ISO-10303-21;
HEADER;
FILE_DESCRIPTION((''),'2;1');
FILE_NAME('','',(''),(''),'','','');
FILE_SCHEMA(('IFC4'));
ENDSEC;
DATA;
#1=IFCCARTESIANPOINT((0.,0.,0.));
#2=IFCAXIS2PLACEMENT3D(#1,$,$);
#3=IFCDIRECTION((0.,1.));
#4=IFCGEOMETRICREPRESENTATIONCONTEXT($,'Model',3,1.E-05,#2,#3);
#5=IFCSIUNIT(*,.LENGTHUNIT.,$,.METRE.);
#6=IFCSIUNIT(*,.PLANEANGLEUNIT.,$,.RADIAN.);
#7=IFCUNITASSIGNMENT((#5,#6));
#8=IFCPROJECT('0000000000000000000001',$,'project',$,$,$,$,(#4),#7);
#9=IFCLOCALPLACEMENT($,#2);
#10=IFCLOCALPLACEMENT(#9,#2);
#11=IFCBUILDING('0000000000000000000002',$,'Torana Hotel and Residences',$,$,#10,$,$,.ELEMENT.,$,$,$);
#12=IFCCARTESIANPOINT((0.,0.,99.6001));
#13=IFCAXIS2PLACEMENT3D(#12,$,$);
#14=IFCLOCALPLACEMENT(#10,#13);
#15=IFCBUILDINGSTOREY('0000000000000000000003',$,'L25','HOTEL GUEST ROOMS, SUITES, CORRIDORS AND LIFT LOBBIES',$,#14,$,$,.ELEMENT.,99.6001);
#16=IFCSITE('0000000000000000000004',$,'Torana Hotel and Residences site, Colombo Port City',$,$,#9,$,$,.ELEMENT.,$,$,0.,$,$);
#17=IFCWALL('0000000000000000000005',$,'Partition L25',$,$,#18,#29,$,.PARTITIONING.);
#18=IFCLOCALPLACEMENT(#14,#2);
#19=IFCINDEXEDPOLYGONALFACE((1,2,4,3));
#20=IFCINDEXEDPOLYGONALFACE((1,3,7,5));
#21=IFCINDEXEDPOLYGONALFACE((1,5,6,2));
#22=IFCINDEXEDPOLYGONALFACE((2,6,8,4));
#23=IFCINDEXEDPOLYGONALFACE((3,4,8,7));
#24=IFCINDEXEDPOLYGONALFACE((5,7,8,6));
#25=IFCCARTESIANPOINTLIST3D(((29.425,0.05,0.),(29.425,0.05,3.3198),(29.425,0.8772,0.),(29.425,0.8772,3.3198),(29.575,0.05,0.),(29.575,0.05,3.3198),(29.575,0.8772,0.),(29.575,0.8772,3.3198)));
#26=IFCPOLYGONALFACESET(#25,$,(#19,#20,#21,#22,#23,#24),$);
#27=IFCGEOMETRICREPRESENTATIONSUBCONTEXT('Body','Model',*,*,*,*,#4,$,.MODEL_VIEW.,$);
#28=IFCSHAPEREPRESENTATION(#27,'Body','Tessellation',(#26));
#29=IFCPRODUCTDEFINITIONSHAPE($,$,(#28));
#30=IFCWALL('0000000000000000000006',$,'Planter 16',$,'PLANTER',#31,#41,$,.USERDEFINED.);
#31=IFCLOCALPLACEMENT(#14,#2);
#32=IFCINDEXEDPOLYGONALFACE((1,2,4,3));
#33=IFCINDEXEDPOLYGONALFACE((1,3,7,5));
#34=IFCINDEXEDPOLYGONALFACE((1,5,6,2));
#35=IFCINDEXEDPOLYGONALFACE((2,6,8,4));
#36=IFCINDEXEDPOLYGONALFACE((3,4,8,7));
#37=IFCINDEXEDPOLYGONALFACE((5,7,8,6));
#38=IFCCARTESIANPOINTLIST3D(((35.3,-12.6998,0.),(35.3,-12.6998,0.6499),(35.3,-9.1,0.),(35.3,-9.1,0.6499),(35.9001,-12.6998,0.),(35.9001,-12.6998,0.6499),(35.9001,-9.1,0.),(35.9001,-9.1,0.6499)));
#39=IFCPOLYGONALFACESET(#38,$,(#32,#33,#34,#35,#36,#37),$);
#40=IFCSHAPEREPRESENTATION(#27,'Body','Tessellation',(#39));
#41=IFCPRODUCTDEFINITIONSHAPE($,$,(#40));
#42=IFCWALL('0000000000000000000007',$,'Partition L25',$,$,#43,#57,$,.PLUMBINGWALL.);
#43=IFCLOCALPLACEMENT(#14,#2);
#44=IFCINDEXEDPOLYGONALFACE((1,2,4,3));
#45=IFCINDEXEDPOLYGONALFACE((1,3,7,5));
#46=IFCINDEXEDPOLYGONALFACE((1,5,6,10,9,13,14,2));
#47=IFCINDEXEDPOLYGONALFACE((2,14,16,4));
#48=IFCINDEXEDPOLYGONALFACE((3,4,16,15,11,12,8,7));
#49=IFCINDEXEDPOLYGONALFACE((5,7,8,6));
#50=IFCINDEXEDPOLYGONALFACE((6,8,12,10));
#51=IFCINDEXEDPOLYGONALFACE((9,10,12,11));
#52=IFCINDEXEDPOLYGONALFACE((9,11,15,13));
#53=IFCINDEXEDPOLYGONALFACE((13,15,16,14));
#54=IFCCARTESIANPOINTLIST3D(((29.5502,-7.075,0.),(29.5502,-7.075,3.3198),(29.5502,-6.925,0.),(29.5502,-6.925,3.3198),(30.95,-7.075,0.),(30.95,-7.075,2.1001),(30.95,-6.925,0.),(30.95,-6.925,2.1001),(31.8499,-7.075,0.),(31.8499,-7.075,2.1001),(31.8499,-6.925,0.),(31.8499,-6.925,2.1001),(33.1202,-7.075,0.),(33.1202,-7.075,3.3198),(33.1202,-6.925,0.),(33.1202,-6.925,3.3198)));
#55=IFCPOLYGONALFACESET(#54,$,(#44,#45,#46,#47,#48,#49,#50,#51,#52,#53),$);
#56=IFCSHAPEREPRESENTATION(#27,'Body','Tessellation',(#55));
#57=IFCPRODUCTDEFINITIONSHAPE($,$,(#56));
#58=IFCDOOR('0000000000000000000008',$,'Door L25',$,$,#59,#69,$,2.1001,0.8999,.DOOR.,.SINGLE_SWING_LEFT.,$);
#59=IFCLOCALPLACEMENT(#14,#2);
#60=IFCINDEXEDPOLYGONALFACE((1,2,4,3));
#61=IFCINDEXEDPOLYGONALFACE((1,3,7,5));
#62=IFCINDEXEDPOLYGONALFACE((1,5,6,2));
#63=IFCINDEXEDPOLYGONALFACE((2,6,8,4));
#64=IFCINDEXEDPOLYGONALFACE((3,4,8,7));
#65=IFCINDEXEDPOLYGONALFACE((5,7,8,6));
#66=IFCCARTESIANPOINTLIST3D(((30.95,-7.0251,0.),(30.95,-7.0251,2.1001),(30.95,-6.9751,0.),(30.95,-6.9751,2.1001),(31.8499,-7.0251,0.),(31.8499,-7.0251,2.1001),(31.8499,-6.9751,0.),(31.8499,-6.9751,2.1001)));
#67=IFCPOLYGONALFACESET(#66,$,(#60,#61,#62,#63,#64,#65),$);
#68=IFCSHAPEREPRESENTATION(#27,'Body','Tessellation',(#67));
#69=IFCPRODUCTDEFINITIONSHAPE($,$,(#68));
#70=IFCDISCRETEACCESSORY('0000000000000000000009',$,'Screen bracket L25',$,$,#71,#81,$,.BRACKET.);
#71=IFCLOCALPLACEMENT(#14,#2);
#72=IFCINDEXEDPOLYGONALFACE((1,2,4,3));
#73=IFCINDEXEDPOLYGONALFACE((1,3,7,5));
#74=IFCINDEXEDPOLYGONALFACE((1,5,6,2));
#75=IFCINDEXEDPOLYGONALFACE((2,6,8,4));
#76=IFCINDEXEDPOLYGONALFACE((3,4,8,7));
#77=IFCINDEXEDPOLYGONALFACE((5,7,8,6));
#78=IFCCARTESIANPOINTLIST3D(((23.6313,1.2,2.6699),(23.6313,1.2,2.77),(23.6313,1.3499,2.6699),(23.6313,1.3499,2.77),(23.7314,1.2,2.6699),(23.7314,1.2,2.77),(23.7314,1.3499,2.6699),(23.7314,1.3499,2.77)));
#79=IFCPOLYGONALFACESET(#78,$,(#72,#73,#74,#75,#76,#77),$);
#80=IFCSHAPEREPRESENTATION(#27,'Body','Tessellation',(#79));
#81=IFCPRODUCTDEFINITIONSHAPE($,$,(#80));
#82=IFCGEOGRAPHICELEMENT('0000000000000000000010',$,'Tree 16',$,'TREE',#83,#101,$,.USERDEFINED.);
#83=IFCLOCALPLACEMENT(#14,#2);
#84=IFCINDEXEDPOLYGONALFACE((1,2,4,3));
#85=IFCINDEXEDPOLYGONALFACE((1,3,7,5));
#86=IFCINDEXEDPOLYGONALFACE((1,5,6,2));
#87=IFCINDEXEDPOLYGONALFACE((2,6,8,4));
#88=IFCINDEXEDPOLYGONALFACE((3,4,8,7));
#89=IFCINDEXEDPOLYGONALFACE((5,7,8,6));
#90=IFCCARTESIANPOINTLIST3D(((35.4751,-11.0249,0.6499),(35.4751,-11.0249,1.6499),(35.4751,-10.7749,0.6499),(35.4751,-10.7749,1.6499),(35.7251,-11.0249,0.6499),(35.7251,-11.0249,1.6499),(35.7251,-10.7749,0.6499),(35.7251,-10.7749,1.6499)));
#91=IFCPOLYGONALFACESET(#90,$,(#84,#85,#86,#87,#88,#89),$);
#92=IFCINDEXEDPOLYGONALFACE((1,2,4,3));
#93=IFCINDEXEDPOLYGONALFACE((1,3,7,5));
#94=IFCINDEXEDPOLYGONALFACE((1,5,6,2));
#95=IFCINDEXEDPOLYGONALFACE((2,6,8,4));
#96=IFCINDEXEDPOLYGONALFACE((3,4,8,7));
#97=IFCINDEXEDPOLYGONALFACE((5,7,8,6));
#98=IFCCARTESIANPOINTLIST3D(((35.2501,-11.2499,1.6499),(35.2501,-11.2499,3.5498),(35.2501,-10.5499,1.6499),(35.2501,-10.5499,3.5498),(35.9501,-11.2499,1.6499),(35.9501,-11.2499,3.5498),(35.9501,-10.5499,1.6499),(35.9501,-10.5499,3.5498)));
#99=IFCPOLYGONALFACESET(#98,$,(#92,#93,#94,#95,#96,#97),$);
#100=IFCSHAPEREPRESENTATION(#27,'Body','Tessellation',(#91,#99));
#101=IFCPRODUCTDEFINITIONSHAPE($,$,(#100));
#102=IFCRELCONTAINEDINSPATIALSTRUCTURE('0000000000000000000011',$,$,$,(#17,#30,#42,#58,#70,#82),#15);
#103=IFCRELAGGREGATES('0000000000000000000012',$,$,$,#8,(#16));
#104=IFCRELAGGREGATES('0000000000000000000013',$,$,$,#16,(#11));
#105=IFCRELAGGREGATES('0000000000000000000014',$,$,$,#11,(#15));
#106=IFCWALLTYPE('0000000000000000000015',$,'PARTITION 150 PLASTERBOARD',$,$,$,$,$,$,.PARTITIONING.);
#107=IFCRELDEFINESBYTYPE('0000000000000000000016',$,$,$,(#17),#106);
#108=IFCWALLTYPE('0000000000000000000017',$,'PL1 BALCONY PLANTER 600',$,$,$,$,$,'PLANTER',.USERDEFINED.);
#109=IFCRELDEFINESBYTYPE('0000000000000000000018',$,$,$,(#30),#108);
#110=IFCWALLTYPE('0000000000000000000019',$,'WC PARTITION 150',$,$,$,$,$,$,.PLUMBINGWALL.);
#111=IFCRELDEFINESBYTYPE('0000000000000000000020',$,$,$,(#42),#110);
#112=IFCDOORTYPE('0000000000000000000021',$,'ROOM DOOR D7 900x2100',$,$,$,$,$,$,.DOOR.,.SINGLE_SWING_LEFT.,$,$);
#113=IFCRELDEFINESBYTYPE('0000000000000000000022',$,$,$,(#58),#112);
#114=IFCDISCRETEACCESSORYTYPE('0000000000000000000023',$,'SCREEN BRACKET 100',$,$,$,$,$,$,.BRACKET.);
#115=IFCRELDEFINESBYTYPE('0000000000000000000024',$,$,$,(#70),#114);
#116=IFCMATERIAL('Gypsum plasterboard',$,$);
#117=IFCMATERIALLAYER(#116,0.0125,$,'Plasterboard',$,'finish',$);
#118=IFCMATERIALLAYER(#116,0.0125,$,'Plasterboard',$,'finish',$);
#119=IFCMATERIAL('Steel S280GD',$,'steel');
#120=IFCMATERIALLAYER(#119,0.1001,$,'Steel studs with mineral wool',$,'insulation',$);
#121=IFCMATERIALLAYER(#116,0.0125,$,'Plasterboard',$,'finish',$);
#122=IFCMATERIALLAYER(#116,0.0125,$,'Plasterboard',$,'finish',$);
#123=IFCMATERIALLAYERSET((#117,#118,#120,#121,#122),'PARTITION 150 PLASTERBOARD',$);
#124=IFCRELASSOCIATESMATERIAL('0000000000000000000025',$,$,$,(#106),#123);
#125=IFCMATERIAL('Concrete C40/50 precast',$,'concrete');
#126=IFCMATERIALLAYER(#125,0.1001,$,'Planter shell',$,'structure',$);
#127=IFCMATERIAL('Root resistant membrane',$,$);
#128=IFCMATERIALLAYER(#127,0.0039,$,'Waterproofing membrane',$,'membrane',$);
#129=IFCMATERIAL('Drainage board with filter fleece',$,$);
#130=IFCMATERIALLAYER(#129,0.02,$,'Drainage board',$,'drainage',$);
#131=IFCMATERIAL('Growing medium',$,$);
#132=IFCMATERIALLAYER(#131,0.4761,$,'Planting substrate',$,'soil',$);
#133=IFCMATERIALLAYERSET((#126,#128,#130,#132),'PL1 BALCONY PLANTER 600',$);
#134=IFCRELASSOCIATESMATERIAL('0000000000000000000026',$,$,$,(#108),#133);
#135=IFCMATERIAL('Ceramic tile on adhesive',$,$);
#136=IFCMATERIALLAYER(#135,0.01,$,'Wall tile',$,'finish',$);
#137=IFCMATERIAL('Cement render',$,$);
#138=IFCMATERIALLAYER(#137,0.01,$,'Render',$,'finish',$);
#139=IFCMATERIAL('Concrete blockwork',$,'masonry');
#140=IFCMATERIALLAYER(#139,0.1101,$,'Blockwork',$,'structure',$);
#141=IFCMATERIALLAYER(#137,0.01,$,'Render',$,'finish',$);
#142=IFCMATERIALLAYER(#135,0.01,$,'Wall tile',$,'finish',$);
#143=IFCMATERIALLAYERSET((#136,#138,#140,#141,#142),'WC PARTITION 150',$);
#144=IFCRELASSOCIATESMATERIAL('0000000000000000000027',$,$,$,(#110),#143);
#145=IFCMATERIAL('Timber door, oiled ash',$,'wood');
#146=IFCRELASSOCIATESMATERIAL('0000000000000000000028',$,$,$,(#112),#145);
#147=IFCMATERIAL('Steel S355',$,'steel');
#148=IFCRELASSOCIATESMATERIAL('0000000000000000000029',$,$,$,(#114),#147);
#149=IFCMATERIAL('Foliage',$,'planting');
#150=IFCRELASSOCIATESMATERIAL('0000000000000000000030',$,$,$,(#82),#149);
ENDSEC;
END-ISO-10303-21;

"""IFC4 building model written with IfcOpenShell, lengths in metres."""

from ifc_helpers import new_model, si_unit, direction, frame, frame_2d, origin, origin_2d, place, context, subcontext, project, spatial, rectangle, extrude, material, layer, layer_set, type_object, element, fill, save


model = new_model("IFC4")

# Units and contexts
model_context = context("Model", 3, precision=1e-05, world=origin(), true_north=direction((0.0, 1.0)))
body_context = subcontext(model_context, "Body", "Model", "MODEL_VIEW")
ifc_project = project(units=[si_unit("LENGTHUNIT", "METRE"), si_unit("PLANEANGLEUNIT", "RADIAN")], contexts=[model_context])

# Site, building, storey
site_placement = place(None, origin())
site = spatial("IfcSite", under=ifc_project, at=site_placement, Name="Torana Hotel and Residences site, Colombo Port City", CompositionType="ELEMENT", RefElevation=0.0)
building_placement = place(site_placement, origin())
building = spatial("IfcBuilding", under=site, at=building_placement, Name="Torana Hotel and Residences", CompositionType="ELEMENT")
storey_placement = place(building_placement, frame((0.0, 0.0, 99.6001)))
storey = spatial("IfcBuildingStorey", under=building, at=storey_placement, Name="L25", Description="HOTEL GUEST ROOMS, SUITES, CORRIDORS AND LIFT LOBBIES", CompositionType="ELEMENT", Elevation=99.6001)

# Shared definitions
ifc_material_1 = material(Name="Steel S280GD", Category="steel")

# Shared definitions
ifc_material_2 = material(Name="Concrete C40/50 precast", Category="concrete")

# Walls
ifc_material_3 = material(Name="Gypsum plasterboard")
ifc_layer_1 = layer(ifc_material_3, 0.0125, Name="Plasterboard", Category="finish")
ifc_layer_2 = layer(ifc_material_3, 0.0125, Name="Plasterboard", Category="finish")
ifc_layer_3 = layer(ifc_material_1, 0.1001, Name="Steel studs with mineral wool", Category="insulation")
ifc_layer_4 = layer(ifc_material_3, 0.0125, Name="Plasterboard", Category="finish")
ifc_layer_5 = layer(ifc_material_3, 0.0125, Name="Plasterboard", Category="finish")
ifc_layer_set_1 = layer_set([ifc_layer_1, ifc_layer_2, ifc_layer_3, ifc_layer_4, ifc_layer_5], Name="PARTITION 150 PLASTERBOARD")
wall_type_1 = type_object("IfcWallType", Name="PARTITION 150 PLASTERBOARD", PredefinedType="PARTITIONING", material=ifc_layer_set_1)
wall_1_placement = place(storey_placement, frame((29.5, 0.05, 0.0), z_axis=(0.0, 0.0, 1.0), x_axis=(0.0, 1.0, 0.0)))
element("IfcWall", 1, at=wall_1_placement, inside=storey, type_object=wall_type_1, Name="Partition L25", PredefinedType="PARTITIONING", context=body_context, shape_type="SweptSolid", body=[
    extrude(rectangle(XDim=0.8271, YDim=0.1499, at=frame_2d((0.4136, 0.0))), origin(), (0.0, 0.0, 1.0), 3.3198),
])
ifc_layer_6 = layer(ifc_material_2, 0.1001, Name="Planter shell", Category="structure")
ifc_material_4 = material(Name="Root resistant membrane")
ifc_layer_7 = layer(ifc_material_4, 0.0039, Name="Waterproofing membrane", Category="membrane")
ifc_material_5 = material(Name="Drainage board with filter fleece")
ifc_layer_8 = layer(ifc_material_5, 0.02, Name="Drainage board", Category="drainage")
ifc_material_6 = material(Name="Growing medium")
ifc_layer_9 = layer(ifc_material_6, 0.4761, Name="Planting substrate", Category="soil")
ifc_layer_set_2 = layer_set([ifc_layer_6, ifc_layer_7, ifc_layer_8, ifc_layer_9], Name="PL1 BALCONY PLANTER 600")
wall_type_2 = type_object("IfcWallType", Name="PL1 BALCONY PLANTER 600", ElementType="PLANTER", PredefinedType="USERDEFINED", material=ifc_layer_set_2)
wall_2_placement = place(storey_placement, frame((35.6001, -9.1001, 0.0), z_axis=(0.0, 0.0, 1.0), x_axis=(0.0, -1.0, 0.0)))
element("IfcWall", 2, at=wall_2_placement, inside=storey, type_object=wall_type_2, Name="Planter 16", ObjectType="PLANTER", PredefinedType="USERDEFINED", context=body_context, shape_type="SweptSolid", body=[
    extrude(rectangle(XDim=3.5999, YDim=0.6001, at=frame_2d((1.7998, 0.0))), origin(), (0.0, 0.0, 1.0), 0.6499),
])

# Wall, opening, door
ifc_material_7 = material(Name="Ceramic tile on adhesive")
ifc_layer_10 = layer(ifc_material_7, 0.01, Name="Wall tile", Category="finish")
ifc_material_8 = material(Name="Cement render")
ifc_layer_11 = layer(ifc_material_8, 0.01, Name="Render", Category="finish")
ifc_material_9 = material(Name="Concrete blockwork", Category="masonry")
ifc_layer_12 = layer(ifc_material_9, 0.1101, Name="Blockwork", Category="structure")
ifc_layer_13 = layer(ifc_material_8, 0.01, Name="Render", Category="finish")
ifc_layer_14 = layer(ifc_material_7, 0.01, Name="Wall tile", Category="finish")
ifc_layer_set_3 = layer_set([ifc_layer_10, ifc_layer_11, ifc_layer_12, ifc_layer_13, ifc_layer_14], Name="WC PARTITION 150")
wall_type_3 = type_object("IfcWallType", Name="WC PARTITION 150", PredefinedType="PLUMBINGWALL", material=ifc_layer_set_3)
wall_3_placement = place(storey_placement, frame((29.55, -7.0, 0.0), z_axis=(0.0, 0.0, 1.0), x_axis=(1.0, 0.0, 0.0)))
wall_3 = element("IfcWall", 3, at=wall_3_placement, inside=storey, type_object=wall_type_3, Name="Partition L25", PredefinedType="PLUMBINGWALL", context=body_context, shape_type="SweptSolid", body=[
    extrude(rectangle(XDim=3.5701, YDim=0.1499, at=frame_2d((1.7852, 0.0))), origin(), (0.0, 0.0, 1.0), 3.3198),
])
opening_1_placement = place(wall_3_placement, frame((1.3999, 0.0, 0.0)))
opening_1 = element("IfcOpeningElement", 4, at=opening_1_placement, cuts=wall_3, PredefinedType="OPENING", context=body_context, shape_type="SweptSolid", body=[
    extrude(rectangle(XDim=0.8999, YDim=2.1001, at=frame_2d((0.45, 1.05))), frame((0.0, 0.085, 0.0), z_axis=(0.0, -1.0, 0.0), x_axis=(1.0, 0.0, 0.0)), (0.0, 0.0, 1.0), 0.1699),
])
ifc_material_10 = material(Name="Timber door, oiled ash", Category="wood")
door_type = type_object("IfcDoorType", Name="ROOM DOOR D7 900x2100", OperationType="SINGLE_SWING_LEFT", PredefinedType="DOOR", material=ifc_material_10)
door_placement = place(opening_1_placement, origin())
door = element("IfcDoor", 5, at=door_placement, inside=storey, type_object=door_type, Name="Door L25", OperationType="SINGLE_SWING_LEFT", OverallHeight=2.1001, OverallWidth=0.8999, PredefinedType="DOOR", context=body_context, shape_type="SweptSolid", body=[
    extrude(rectangle(XDim=0.8999, YDim=2.1001, at=frame_2d((0.45, 1.05))), frame((0.0, 0.0249, 0.0), z_axis=(0.0, -1.0, 0.0), x_axis=(1.0, 0.0, 0.0)), (0.0, 0.0, 1.0), 0.05),
])
fill(opening_1, door)

# Discrete accessory
ifc_material_11 = material(Name="Steel S355", Category="steel")
discrete_accessory_type = type_object("IfcDiscreteAccessoryType", Name="SCREEN BRACKET 100", PredefinedType="BRACKET", material=ifc_material_11)
discrete_accessory_placement = place(storey_placement, frame((23.6814, 1.2749, 2.6699), z_axis=(0.0, 0.0, 1.0), x_axis=(-1.0, 0.0, 0.0)))
element("IfcDiscreteAccessory", 6, at=discrete_accessory_placement, inside=storey, type_object=discrete_accessory_type, Name="Screen bracket L25", PredefinedType="BRACKET", context=body_context, shape_type="SweptSolid", body=[
    extrude(rectangle(XDim=0.1001, YDim=0.1499, at=origin_2d()), origin(), (0.0, 0.0, 1.0), 0.1001),
])

# Geographic element
ifc_material_12 = material(Name="Foliage", Category="planting")
geographic_element_placement = place(storey_placement, frame((35.6001, -10.8999, 0.6499), z_axis=(0.0, 0.0, 1.0), x_axis=(1.0, 0.0, 0.0)))
element("IfcGeographicElement", 7, at=geographic_element_placement, inside=storey, material=ifc_material_12, Name="Tree 16", ObjectType="TREE", PredefinedType="USERDEFINED", context=body_context, shape_type="SweptSolid", body=[
    extrude(rectangle(XDim=0.25, YDim=0.25, at=origin_2d()), origin(), (0.0, 0.0, 1.0), 1.0),
    extrude(rectangle(XDim=0.7, YDim=0.7, at=origin_2d()), frame((0.0, 0.0, 1.0)), (0.0, 0.0, 1.0), 1.8999),
])

save(model, "model.ifc")
